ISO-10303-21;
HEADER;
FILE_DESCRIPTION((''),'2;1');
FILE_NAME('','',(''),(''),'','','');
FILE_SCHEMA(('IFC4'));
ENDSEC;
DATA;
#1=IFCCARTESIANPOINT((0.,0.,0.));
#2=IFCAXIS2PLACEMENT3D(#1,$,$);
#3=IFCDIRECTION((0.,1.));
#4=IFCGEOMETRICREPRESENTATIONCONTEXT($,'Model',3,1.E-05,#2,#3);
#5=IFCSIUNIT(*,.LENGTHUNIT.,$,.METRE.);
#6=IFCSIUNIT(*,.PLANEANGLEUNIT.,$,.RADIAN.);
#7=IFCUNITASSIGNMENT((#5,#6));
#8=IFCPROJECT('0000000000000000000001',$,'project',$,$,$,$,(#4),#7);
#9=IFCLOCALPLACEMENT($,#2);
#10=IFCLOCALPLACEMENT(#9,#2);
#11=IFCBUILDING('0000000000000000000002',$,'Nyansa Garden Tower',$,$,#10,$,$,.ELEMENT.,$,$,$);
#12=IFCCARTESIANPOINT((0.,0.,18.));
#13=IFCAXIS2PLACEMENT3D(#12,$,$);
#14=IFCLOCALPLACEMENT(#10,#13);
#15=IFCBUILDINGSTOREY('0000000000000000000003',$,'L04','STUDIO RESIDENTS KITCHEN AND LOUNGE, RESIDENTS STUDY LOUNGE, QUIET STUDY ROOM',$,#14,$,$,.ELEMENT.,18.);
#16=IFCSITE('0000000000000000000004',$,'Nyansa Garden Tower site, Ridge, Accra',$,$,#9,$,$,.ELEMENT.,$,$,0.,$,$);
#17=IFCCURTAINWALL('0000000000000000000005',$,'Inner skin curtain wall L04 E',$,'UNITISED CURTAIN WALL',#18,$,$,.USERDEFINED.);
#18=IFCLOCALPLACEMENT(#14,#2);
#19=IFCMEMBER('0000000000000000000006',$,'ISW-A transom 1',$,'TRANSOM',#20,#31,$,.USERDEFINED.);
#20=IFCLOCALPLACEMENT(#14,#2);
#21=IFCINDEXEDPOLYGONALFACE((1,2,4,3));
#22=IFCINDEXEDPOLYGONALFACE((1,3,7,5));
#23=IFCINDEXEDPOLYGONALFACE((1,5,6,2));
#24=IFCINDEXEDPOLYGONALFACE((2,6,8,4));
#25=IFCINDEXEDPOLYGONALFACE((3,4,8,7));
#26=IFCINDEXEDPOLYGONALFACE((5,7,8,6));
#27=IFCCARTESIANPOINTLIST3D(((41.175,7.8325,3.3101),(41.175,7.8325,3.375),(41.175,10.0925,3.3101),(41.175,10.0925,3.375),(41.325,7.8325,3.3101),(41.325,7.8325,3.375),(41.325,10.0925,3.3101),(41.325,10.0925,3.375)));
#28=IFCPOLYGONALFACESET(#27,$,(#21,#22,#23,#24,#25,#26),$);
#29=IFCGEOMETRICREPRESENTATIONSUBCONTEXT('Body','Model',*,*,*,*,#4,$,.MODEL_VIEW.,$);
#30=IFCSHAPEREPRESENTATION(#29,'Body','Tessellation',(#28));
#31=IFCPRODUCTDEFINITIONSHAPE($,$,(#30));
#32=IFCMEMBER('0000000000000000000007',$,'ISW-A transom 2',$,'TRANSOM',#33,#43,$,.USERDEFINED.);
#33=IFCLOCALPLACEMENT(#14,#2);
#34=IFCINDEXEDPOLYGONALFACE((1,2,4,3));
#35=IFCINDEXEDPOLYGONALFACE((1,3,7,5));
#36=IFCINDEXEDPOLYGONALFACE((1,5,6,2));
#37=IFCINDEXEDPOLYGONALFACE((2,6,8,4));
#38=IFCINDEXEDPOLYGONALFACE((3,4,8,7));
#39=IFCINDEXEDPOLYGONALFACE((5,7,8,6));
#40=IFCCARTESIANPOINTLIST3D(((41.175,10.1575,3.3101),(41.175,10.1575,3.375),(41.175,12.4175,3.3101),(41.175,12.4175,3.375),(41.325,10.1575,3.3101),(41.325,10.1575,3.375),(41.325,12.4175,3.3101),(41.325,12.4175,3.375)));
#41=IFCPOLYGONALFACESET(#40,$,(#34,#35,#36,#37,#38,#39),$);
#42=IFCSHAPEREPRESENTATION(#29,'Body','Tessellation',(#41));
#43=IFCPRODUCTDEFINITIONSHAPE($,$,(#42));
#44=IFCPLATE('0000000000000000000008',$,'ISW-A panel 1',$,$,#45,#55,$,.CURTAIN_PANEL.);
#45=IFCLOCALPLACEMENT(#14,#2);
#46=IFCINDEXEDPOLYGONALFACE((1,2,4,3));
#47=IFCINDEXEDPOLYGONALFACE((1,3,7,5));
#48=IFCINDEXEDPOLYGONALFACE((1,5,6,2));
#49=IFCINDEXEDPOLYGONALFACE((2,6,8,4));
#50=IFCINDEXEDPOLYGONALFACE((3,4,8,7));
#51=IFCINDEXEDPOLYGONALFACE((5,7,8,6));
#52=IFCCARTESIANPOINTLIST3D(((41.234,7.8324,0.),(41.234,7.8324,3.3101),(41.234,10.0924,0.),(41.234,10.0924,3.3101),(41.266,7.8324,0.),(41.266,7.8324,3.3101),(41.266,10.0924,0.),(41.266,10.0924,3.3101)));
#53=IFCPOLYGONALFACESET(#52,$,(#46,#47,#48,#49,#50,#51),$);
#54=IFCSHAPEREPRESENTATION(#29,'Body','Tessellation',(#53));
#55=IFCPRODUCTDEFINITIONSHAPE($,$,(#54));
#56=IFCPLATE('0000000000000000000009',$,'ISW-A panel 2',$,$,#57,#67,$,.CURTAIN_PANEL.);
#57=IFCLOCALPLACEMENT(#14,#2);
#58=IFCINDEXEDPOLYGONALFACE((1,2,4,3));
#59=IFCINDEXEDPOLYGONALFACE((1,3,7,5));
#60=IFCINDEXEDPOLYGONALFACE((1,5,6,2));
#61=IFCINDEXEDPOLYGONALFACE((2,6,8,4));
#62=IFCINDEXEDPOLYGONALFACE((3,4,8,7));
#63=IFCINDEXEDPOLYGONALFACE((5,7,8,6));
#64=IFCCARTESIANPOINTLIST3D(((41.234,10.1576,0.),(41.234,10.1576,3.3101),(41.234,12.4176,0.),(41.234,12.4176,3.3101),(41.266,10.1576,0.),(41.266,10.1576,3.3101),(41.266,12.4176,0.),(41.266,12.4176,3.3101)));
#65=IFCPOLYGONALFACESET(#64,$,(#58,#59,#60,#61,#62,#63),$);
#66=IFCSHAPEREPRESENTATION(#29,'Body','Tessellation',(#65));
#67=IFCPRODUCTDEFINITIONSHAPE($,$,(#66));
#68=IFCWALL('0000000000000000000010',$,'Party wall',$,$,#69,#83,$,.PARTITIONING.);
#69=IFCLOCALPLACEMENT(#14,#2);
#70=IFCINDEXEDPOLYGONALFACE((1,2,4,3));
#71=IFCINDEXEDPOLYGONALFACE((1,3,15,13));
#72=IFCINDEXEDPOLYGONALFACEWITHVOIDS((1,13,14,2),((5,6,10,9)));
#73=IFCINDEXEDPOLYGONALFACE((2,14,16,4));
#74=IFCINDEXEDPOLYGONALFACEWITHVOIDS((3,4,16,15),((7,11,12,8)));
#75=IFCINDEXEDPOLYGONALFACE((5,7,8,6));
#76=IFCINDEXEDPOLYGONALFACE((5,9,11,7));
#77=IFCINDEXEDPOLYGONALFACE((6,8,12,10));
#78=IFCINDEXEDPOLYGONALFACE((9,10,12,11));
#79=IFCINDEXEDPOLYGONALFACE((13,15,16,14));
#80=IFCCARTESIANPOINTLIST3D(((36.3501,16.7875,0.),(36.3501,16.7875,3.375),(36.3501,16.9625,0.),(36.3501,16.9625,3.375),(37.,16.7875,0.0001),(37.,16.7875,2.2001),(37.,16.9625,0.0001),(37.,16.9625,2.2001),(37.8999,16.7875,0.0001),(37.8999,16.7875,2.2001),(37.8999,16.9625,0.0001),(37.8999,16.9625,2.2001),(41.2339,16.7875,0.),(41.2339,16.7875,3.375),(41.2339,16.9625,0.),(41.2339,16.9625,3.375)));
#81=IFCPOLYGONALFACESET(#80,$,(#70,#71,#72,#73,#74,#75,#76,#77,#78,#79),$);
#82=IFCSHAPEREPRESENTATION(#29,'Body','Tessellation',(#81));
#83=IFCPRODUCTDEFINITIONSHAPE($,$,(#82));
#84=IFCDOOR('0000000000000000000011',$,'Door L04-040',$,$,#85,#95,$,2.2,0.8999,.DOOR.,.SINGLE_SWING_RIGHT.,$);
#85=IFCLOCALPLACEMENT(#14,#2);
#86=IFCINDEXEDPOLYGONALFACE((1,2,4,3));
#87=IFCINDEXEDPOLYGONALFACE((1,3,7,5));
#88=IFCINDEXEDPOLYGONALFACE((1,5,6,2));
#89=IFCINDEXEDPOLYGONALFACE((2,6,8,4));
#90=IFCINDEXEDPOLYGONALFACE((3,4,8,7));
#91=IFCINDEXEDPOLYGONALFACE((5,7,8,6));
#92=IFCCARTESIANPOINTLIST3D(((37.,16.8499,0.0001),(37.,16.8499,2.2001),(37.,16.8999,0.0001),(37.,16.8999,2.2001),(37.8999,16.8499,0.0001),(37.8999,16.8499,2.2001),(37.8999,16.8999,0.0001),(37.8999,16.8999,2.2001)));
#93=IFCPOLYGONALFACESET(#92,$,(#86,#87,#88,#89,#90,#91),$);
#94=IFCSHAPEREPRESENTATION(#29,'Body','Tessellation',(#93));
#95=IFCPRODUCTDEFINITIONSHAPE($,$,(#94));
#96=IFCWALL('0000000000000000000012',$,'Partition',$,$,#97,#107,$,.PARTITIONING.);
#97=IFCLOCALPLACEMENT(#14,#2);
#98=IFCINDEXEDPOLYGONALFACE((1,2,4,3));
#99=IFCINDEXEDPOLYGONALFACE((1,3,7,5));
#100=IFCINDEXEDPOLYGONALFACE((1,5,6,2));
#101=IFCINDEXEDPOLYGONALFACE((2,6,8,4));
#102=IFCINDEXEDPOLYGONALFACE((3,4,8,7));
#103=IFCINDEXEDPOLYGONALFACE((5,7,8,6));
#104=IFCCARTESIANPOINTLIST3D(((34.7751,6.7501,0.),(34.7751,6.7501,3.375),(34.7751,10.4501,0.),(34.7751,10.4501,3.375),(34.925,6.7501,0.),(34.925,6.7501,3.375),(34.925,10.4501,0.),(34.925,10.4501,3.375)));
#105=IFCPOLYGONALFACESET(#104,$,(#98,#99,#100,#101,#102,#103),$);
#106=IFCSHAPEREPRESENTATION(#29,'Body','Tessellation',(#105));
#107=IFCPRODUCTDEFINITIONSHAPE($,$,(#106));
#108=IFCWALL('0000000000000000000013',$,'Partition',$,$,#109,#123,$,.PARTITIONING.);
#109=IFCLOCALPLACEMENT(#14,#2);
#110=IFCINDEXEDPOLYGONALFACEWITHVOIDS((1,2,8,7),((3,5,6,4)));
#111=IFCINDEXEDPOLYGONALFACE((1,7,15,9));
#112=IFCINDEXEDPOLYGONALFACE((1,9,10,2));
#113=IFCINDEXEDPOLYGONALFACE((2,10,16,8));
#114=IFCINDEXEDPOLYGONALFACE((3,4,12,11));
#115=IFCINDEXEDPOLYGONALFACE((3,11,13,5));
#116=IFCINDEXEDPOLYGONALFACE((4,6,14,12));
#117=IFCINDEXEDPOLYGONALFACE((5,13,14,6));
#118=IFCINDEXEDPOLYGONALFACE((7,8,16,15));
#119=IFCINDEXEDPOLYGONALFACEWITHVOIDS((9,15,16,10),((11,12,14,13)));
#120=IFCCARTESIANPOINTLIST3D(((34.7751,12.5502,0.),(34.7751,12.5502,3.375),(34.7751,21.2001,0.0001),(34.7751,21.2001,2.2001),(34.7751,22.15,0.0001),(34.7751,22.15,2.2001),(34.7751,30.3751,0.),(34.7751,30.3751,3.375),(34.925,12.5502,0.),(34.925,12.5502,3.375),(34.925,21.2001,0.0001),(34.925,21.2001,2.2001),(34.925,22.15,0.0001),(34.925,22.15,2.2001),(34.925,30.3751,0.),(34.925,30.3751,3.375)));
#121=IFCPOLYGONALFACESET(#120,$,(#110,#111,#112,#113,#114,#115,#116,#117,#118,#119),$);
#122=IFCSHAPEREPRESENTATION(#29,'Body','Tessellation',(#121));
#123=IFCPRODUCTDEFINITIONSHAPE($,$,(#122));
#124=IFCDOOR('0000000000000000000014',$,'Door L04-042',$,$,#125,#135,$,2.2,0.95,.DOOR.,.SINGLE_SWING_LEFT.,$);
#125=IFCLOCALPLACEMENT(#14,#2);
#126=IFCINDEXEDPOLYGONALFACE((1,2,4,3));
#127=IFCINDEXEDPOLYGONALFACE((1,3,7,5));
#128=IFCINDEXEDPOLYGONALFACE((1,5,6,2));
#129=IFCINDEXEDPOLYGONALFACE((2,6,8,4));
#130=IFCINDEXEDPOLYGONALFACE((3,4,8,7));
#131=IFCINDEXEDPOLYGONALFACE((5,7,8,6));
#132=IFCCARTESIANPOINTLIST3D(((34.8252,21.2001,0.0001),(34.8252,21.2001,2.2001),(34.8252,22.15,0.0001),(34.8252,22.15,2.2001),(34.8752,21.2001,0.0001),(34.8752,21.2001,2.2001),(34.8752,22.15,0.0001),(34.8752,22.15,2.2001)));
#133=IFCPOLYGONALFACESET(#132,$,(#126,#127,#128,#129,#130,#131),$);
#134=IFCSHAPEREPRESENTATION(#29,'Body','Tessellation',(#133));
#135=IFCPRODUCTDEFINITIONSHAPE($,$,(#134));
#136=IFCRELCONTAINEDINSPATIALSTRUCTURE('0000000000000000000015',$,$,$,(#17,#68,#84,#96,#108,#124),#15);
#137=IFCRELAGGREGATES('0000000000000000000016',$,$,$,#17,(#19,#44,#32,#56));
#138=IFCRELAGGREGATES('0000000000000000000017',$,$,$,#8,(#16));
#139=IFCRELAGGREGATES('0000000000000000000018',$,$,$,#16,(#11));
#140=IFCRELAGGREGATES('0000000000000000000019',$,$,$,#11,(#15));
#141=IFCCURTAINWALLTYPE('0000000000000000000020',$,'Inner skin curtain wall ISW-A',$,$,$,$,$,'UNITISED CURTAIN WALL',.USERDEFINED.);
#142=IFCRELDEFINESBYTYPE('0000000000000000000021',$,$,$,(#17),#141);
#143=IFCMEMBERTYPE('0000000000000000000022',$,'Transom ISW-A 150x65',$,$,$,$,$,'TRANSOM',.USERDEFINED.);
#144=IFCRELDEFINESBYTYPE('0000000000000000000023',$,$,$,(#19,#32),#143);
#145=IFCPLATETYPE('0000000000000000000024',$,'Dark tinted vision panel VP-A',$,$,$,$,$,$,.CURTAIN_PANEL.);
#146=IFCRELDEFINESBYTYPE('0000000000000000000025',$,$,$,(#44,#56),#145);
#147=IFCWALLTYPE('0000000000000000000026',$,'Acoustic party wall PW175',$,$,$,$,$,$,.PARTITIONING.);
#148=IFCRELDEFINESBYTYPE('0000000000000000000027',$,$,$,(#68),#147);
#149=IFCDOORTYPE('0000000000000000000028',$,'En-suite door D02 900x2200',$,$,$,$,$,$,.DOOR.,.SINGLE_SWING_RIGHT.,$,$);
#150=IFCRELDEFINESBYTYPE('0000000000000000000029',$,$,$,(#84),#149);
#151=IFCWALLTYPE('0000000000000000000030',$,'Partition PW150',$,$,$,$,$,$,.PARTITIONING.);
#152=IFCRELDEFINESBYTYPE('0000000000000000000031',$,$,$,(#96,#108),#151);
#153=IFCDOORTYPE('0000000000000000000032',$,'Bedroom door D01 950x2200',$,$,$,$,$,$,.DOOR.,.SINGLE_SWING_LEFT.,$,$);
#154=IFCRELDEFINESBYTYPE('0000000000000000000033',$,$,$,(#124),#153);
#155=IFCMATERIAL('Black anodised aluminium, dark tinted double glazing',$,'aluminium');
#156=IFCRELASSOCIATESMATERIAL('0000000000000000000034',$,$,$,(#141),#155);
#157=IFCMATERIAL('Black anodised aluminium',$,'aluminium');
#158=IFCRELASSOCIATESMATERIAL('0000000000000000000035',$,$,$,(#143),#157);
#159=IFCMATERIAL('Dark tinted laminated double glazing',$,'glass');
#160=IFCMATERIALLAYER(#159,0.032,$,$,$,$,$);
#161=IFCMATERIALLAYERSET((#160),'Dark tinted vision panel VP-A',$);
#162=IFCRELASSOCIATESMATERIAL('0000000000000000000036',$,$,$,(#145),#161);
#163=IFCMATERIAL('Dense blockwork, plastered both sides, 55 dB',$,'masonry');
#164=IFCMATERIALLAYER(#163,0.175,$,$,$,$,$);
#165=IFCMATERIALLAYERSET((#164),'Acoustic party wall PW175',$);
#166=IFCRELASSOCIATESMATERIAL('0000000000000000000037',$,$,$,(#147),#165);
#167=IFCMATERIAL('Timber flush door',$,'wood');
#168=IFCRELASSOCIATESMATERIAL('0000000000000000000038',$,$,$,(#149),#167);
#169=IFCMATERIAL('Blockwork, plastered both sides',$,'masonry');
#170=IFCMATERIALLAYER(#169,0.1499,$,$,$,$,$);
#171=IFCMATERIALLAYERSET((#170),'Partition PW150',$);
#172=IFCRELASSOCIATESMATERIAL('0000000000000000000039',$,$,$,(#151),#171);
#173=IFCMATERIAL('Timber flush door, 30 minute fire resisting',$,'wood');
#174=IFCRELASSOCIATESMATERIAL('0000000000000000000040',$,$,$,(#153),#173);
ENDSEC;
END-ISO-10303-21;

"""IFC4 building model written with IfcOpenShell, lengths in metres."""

from ifc_helpers import new_model, si_unit, direction, frame, frame_2d, origin, origin_2d, place, context, subcontext, project, spatial, rectangle, extrude, material, layer, layer_set, material_profile, profile_set, type_object, element, fill, aggregate, save


model = new_model("IFC4")

# Units and contexts
model_context = context("Model", 3, precision=1e-05, world=origin(), true_north=direction((0.0, 1.0)))
body_context = subcontext(model_context, "Body", "Model", "MODEL_VIEW")
ifc_project = project(units=[si_unit("LENGTHUNIT", "METRE"), si_unit("PLANEANGLEUNIT", "RADIAN")], contexts=[model_context])

# Site, building, storey
site_placement = place(None, origin())
site = spatial("IfcSite", under=ifc_project, at=site_placement, Name="Nyansa Garden Tower site, Ridge, Accra", CompositionType="ELEMENT", RefElevation=0.0)
building_placement = place(site_placement, origin())
building = spatial("IfcBuilding", under=site, at=building_placement, Name="Nyansa Garden Tower", CompositionType="ELEMENT")
storey_placement = place(building_placement, frame((0.0, 0.0, 18.0)))
storey = spatial("IfcBuildingStorey", under=building, at=storey_placement, Name="L04", Description="STUDIO RESIDENTS KITCHEN AND LOUNGE, RESIDENTS STUDY LOUNGE, QUIET STUDY ROOM", CompositionType="ELEMENT", Elevation=18.0)

# Curtain wall
ifc_material_1 = material(Name="Black anodised aluminium, dark tinted double glazing", Category="aluminium")
curtain_wall_type = type_object("IfcCurtainWallType", Name="Inner skin curtain wall ISW-A", ElementType="UNITISED CURTAIN WALL", PredefinedType="USERDEFINED", material=ifc_material_1)
curtain_wall_placement = place(storey_placement, origin())
curtain_wall = element("IfcCurtainWall", 1, at=curtain_wall_placement, inside=storey, type_object=curtain_wall_type, Name="Inner skin curtain wall L04 E", ObjectType="UNITISED CURTAIN WALL", PredefinedType="USERDEFINED")

# Members
ifc_material_2 = material(Name="Black anodised aluminium", Category="aluminium")
ifc_material_profile_1 = material_profile(ifc_material_2, rectangle(XDim=0.1499, YDim=0.0649, at=origin_2d()), Name="Transom 150x65")
ifc_profile_set_1 = profile_set([ifc_material_profile_1], Name="Black anodised aluminium")
member_type_1 = type_object("IfcMemberType", Name="Transom ISW-A 150x65", ElementType="TRANSOM", PredefinedType="USERDEFINED", material=ifc_profile_set_1)
member_1_placement = place(storey_placement, frame((41.25, 7.8325, 3.3425), z_axis=(0.0, 1.0, 0.0), x_axis=(-1.0, 0.0, 0.0)))
member_1 = element("IfcMember", 2, at=member_1_placement, type_object=member_type_1, Name="ISW-A transom 1", ObjectType="TRANSOM", PredefinedType="USERDEFINED", context=body_context, shape_type="SweptSolid", body=[
    extrude(rectangle(XDim=0.1499, YDim=0.0649, at=origin_2d()), origin(), (0.0, 0.0, 1.0), 2.26),
])
member_2_placement = place(storey_placement, frame((41.25, 10.1575, 3.3425), z_axis=(0.0, 1.0, 0.0), x_axis=(-1.0, 0.0, 0.0)))
member_2 = element("IfcMember", 3, at=member_2_placement, type_object=member_type_1, Name="ISW-A transom 2", ObjectType="TRANSOM", PredefinedType="USERDEFINED", context=body_context, shape_type="SweptSolid", body=[
    extrude(rectangle(XDim=0.1499, YDim=0.0649, at=origin_2d()), origin(), (0.0, 0.0, 1.0), 2.26),
])

# Plates
ifc_material_3 = material(Name="Dark tinted laminated double glazing", Category="glass")
ifc_layer_1 = layer(ifc_material_3, 0.032)
ifc_layer_set_1 = layer_set([ifc_layer_1], Name="Dark tinted vision panel VP-A")
plate_type = type_object("IfcPlateType", Name="Dark tinted vision panel VP-A", PredefinedType="CURTAIN_PANEL", material=ifc_layer_set_1)
plate_1_placement = place(storey_placement, frame((41.25, 8.9624, 0.0), z_axis=(0.0, 0.0, 1.0), x_axis=(0.0, 1.0, 0.0)))
plate_1 = element("IfcPlate", 4, at=plate_1_placement, type_object=plate_type, Name="ISW-A panel 1", PredefinedType="CURTAIN_PANEL", context=body_context, shape_type="SweptSolid", body=[
    extrude(rectangle(XDim=2.26, YDim=0.032, at=origin_2d()), origin(), (0.0, 0.0, 1.0), 3.3101),
])
plate_2_placement = place(storey_placement, frame((41.25, 11.2876, 0.0), z_axis=(0.0, 0.0, 1.0), x_axis=(0.0, 1.0, 0.0)))
plate_2 = element("IfcPlate", 5, at=plate_2_placement, type_object=plate_type, Name="ISW-A panel 2", PredefinedType="CURTAIN_PANEL", context=body_context, shape_type="SweptSolid", body=[
    extrude(rectangle(XDim=2.26, YDim=0.032, at=origin_2d()), origin(), (0.0, 0.0, 1.0), 3.3101),
])
aggregate(curtain_wall, [member_1, plate_1, member_2, plate_2])

# Wall, opening, door
ifc_material_4 = material(Name="Dense blockwork, plastered both sides, 55 dB", Category="masonry")
ifc_layer_2 = layer(ifc_material_4, 0.175)
ifc_layer_set_2 = layer_set([ifc_layer_2], Name="Acoustic party wall PW175")
wall_type_1 = type_object("IfcWallType", Name="Acoustic party wall PW175", PredefinedType="PARTITIONING", material=ifc_layer_set_2)
wall_1_placement = place(storey_placement, frame((36.3501, 16.875, 0.0), z_axis=(0.0, 0.0, 1.0), x_axis=(1.0, 0.0, 0.0)))
wall_1 = element("IfcWall", 6, at=wall_1_placement, inside=storey, type_object=wall_type_1, Name="Party wall", PredefinedType="PARTITIONING", context=body_context, shape_type="SweptSolid", body=[
    extrude(rectangle(XDim=4.8838, YDim=0.175, at=frame_2d((2.4419, 0.0))), origin(), (0.0, 0.0, 1.0), 3.375),
])
opening_1_placement = place(wall_1_placement, frame((0.6499, 0.0, 0.0)))
opening_1 = element("IfcOpeningElement", 7, at=opening_1_placement, cuts=wall_1, PredefinedType="OPENING", context=body_context, shape_type="SweptSolid", body=[
    extrude(rectangle(XDim=0.8999, YDim=2.2, at=frame_2d((0.45, 1.1001))), frame((0.0, 0.0974, 0.0), z_axis=(0.0, -1.0, 0.0), x_axis=(1.0, 0.0, 0.0)), (0.0, 0.0, 1.0), 0.1951),
])
ifc_material_5 = material(Name="Timber flush door", Category="wood")
door_type_1 = type_object("IfcDoorType", Name="En-suite door D02 900x2200", OperationType="SINGLE_SWING_RIGHT", PredefinedType="DOOR", material=ifc_material_5)
door_1_placement = place(opening_1_placement, origin())
door_1 = element("IfcDoor", 8, at=door_1_placement, inside=storey, type_object=door_type_1, Name="Door L04-040", OperationType="SINGLE_SWING_RIGHT", OverallHeight=2.2, OverallWidth=0.8999, PredefinedType="DOOR", context=body_context, shape_type="SweptSolid", body=[
    extrude(rectangle(XDim=0.8999, YDim=2.2, at=frame_2d((0.45, 1.1001))), frame((0.0, 0.0249, 0.0), z_axis=(0.0, -1.0, 0.0), x_axis=(1.0, 0.0, 0.0)), (0.0, 0.0, 1.0), 0.05),
])
fill(opening_1, door_1)

# Wall
ifc_material_6 = material(Name="Blockwork, plastered both sides", Category="masonry")
ifc_layer_3 = layer(ifc_material_6, 0.1499)
ifc_layer_set_3 = layer_set([ifc_layer_3], Name="Partition PW150")
wall_type_2 = type_object("IfcWallType", Name="Partition PW150", PredefinedType="PARTITIONING", material=ifc_layer_set_3)
wall_2_placement = place(storey_placement, frame((34.8501, 6.75, 0.0), z_axis=(0.0, 0.0, 1.0), x_axis=(0.0, 1.0, 0.0)))
element("IfcWall", 9, at=wall_2_placement, inside=storey, type_object=wall_type_2, Name="Partition", PredefinedType="PARTITIONING", context=body_context, shape_type="SweptSolid", body=[
    extrude(rectangle(XDim=3.7, YDim=0.1499, at=frame_2d((1.8501, 0.0))), origin(), (0.0, 0.0, 1.0), 3.375),
])

# Wall, opening, door
wall_3_placement = place(storey_placement, frame((34.8501, 12.55, 0.0), z_axis=(0.0, 0.0, 1.0), x_axis=(0.0, 1.0, 0.0)))
wall_3 = element("IfcWall", 10, at=wall_3_placement, inside=storey, type_object=wall_type_2, Name="Partition", PredefinedType="PARTITIONING", context=body_context, shape_type="SweptSolid", body=[
    extrude(rectangle(XDim=17.825, YDim=0.1499, at=frame_2d((8.9126, 0.0))), origin(), (0.0, 0.0, 1.0), 3.375),
])
opening_2_placement = place(wall_3_placement, frame((8.6499, 0.0, 0.0)))
opening_2 = element("IfcOpeningElement", 11, at=opening_2_placement, cuts=wall_3, PredefinedType="OPENING", context=body_context, shape_type="SweptSolid", body=[
    extrude(rectangle(XDim=0.95, YDim=2.2, at=frame_2d((0.4751, 1.1001))), frame((0.0, 0.085, 0.0), z_axis=(0.0, -1.0, 0.0), x_axis=(1.0, 0.0, 0.0)), (0.0, 0.0, 1.0), 0.1699),
])
ifc_material_7 = material(Name="Timber flush door, 30 minute fire resisting", Category="wood")
door_type_2 = type_object("IfcDoorType", Name="Bedroom door D01 950x2200", OperationType="SINGLE_SWING_LEFT", PredefinedType="DOOR", material=ifc_material_7)
door_2_placement = place(opening_2_placement, origin())
door_2 = element("IfcDoor", 12, at=door_2_placement, inside=storey, type_object=door_type_2, Name="Door L04-042", OperationType="SINGLE_SWING_LEFT", OverallHeight=2.2, OverallWidth=0.95, PredefinedType="DOOR", context=body_context, shape_type="SweptSolid", body=[
    extrude(rectangle(XDim=0.95, YDim=2.2, at=frame_2d((0.4751, 1.1001))), frame((0.0, 0.0249, 0.0), z_axis=(0.0, -1.0, 0.0), x_axis=(1.0, 0.0, 0.0)), (0.0, 0.0, 1.0), 0.05),
])
fill(opening_2, door_2)

save(model, "model.ifc")
